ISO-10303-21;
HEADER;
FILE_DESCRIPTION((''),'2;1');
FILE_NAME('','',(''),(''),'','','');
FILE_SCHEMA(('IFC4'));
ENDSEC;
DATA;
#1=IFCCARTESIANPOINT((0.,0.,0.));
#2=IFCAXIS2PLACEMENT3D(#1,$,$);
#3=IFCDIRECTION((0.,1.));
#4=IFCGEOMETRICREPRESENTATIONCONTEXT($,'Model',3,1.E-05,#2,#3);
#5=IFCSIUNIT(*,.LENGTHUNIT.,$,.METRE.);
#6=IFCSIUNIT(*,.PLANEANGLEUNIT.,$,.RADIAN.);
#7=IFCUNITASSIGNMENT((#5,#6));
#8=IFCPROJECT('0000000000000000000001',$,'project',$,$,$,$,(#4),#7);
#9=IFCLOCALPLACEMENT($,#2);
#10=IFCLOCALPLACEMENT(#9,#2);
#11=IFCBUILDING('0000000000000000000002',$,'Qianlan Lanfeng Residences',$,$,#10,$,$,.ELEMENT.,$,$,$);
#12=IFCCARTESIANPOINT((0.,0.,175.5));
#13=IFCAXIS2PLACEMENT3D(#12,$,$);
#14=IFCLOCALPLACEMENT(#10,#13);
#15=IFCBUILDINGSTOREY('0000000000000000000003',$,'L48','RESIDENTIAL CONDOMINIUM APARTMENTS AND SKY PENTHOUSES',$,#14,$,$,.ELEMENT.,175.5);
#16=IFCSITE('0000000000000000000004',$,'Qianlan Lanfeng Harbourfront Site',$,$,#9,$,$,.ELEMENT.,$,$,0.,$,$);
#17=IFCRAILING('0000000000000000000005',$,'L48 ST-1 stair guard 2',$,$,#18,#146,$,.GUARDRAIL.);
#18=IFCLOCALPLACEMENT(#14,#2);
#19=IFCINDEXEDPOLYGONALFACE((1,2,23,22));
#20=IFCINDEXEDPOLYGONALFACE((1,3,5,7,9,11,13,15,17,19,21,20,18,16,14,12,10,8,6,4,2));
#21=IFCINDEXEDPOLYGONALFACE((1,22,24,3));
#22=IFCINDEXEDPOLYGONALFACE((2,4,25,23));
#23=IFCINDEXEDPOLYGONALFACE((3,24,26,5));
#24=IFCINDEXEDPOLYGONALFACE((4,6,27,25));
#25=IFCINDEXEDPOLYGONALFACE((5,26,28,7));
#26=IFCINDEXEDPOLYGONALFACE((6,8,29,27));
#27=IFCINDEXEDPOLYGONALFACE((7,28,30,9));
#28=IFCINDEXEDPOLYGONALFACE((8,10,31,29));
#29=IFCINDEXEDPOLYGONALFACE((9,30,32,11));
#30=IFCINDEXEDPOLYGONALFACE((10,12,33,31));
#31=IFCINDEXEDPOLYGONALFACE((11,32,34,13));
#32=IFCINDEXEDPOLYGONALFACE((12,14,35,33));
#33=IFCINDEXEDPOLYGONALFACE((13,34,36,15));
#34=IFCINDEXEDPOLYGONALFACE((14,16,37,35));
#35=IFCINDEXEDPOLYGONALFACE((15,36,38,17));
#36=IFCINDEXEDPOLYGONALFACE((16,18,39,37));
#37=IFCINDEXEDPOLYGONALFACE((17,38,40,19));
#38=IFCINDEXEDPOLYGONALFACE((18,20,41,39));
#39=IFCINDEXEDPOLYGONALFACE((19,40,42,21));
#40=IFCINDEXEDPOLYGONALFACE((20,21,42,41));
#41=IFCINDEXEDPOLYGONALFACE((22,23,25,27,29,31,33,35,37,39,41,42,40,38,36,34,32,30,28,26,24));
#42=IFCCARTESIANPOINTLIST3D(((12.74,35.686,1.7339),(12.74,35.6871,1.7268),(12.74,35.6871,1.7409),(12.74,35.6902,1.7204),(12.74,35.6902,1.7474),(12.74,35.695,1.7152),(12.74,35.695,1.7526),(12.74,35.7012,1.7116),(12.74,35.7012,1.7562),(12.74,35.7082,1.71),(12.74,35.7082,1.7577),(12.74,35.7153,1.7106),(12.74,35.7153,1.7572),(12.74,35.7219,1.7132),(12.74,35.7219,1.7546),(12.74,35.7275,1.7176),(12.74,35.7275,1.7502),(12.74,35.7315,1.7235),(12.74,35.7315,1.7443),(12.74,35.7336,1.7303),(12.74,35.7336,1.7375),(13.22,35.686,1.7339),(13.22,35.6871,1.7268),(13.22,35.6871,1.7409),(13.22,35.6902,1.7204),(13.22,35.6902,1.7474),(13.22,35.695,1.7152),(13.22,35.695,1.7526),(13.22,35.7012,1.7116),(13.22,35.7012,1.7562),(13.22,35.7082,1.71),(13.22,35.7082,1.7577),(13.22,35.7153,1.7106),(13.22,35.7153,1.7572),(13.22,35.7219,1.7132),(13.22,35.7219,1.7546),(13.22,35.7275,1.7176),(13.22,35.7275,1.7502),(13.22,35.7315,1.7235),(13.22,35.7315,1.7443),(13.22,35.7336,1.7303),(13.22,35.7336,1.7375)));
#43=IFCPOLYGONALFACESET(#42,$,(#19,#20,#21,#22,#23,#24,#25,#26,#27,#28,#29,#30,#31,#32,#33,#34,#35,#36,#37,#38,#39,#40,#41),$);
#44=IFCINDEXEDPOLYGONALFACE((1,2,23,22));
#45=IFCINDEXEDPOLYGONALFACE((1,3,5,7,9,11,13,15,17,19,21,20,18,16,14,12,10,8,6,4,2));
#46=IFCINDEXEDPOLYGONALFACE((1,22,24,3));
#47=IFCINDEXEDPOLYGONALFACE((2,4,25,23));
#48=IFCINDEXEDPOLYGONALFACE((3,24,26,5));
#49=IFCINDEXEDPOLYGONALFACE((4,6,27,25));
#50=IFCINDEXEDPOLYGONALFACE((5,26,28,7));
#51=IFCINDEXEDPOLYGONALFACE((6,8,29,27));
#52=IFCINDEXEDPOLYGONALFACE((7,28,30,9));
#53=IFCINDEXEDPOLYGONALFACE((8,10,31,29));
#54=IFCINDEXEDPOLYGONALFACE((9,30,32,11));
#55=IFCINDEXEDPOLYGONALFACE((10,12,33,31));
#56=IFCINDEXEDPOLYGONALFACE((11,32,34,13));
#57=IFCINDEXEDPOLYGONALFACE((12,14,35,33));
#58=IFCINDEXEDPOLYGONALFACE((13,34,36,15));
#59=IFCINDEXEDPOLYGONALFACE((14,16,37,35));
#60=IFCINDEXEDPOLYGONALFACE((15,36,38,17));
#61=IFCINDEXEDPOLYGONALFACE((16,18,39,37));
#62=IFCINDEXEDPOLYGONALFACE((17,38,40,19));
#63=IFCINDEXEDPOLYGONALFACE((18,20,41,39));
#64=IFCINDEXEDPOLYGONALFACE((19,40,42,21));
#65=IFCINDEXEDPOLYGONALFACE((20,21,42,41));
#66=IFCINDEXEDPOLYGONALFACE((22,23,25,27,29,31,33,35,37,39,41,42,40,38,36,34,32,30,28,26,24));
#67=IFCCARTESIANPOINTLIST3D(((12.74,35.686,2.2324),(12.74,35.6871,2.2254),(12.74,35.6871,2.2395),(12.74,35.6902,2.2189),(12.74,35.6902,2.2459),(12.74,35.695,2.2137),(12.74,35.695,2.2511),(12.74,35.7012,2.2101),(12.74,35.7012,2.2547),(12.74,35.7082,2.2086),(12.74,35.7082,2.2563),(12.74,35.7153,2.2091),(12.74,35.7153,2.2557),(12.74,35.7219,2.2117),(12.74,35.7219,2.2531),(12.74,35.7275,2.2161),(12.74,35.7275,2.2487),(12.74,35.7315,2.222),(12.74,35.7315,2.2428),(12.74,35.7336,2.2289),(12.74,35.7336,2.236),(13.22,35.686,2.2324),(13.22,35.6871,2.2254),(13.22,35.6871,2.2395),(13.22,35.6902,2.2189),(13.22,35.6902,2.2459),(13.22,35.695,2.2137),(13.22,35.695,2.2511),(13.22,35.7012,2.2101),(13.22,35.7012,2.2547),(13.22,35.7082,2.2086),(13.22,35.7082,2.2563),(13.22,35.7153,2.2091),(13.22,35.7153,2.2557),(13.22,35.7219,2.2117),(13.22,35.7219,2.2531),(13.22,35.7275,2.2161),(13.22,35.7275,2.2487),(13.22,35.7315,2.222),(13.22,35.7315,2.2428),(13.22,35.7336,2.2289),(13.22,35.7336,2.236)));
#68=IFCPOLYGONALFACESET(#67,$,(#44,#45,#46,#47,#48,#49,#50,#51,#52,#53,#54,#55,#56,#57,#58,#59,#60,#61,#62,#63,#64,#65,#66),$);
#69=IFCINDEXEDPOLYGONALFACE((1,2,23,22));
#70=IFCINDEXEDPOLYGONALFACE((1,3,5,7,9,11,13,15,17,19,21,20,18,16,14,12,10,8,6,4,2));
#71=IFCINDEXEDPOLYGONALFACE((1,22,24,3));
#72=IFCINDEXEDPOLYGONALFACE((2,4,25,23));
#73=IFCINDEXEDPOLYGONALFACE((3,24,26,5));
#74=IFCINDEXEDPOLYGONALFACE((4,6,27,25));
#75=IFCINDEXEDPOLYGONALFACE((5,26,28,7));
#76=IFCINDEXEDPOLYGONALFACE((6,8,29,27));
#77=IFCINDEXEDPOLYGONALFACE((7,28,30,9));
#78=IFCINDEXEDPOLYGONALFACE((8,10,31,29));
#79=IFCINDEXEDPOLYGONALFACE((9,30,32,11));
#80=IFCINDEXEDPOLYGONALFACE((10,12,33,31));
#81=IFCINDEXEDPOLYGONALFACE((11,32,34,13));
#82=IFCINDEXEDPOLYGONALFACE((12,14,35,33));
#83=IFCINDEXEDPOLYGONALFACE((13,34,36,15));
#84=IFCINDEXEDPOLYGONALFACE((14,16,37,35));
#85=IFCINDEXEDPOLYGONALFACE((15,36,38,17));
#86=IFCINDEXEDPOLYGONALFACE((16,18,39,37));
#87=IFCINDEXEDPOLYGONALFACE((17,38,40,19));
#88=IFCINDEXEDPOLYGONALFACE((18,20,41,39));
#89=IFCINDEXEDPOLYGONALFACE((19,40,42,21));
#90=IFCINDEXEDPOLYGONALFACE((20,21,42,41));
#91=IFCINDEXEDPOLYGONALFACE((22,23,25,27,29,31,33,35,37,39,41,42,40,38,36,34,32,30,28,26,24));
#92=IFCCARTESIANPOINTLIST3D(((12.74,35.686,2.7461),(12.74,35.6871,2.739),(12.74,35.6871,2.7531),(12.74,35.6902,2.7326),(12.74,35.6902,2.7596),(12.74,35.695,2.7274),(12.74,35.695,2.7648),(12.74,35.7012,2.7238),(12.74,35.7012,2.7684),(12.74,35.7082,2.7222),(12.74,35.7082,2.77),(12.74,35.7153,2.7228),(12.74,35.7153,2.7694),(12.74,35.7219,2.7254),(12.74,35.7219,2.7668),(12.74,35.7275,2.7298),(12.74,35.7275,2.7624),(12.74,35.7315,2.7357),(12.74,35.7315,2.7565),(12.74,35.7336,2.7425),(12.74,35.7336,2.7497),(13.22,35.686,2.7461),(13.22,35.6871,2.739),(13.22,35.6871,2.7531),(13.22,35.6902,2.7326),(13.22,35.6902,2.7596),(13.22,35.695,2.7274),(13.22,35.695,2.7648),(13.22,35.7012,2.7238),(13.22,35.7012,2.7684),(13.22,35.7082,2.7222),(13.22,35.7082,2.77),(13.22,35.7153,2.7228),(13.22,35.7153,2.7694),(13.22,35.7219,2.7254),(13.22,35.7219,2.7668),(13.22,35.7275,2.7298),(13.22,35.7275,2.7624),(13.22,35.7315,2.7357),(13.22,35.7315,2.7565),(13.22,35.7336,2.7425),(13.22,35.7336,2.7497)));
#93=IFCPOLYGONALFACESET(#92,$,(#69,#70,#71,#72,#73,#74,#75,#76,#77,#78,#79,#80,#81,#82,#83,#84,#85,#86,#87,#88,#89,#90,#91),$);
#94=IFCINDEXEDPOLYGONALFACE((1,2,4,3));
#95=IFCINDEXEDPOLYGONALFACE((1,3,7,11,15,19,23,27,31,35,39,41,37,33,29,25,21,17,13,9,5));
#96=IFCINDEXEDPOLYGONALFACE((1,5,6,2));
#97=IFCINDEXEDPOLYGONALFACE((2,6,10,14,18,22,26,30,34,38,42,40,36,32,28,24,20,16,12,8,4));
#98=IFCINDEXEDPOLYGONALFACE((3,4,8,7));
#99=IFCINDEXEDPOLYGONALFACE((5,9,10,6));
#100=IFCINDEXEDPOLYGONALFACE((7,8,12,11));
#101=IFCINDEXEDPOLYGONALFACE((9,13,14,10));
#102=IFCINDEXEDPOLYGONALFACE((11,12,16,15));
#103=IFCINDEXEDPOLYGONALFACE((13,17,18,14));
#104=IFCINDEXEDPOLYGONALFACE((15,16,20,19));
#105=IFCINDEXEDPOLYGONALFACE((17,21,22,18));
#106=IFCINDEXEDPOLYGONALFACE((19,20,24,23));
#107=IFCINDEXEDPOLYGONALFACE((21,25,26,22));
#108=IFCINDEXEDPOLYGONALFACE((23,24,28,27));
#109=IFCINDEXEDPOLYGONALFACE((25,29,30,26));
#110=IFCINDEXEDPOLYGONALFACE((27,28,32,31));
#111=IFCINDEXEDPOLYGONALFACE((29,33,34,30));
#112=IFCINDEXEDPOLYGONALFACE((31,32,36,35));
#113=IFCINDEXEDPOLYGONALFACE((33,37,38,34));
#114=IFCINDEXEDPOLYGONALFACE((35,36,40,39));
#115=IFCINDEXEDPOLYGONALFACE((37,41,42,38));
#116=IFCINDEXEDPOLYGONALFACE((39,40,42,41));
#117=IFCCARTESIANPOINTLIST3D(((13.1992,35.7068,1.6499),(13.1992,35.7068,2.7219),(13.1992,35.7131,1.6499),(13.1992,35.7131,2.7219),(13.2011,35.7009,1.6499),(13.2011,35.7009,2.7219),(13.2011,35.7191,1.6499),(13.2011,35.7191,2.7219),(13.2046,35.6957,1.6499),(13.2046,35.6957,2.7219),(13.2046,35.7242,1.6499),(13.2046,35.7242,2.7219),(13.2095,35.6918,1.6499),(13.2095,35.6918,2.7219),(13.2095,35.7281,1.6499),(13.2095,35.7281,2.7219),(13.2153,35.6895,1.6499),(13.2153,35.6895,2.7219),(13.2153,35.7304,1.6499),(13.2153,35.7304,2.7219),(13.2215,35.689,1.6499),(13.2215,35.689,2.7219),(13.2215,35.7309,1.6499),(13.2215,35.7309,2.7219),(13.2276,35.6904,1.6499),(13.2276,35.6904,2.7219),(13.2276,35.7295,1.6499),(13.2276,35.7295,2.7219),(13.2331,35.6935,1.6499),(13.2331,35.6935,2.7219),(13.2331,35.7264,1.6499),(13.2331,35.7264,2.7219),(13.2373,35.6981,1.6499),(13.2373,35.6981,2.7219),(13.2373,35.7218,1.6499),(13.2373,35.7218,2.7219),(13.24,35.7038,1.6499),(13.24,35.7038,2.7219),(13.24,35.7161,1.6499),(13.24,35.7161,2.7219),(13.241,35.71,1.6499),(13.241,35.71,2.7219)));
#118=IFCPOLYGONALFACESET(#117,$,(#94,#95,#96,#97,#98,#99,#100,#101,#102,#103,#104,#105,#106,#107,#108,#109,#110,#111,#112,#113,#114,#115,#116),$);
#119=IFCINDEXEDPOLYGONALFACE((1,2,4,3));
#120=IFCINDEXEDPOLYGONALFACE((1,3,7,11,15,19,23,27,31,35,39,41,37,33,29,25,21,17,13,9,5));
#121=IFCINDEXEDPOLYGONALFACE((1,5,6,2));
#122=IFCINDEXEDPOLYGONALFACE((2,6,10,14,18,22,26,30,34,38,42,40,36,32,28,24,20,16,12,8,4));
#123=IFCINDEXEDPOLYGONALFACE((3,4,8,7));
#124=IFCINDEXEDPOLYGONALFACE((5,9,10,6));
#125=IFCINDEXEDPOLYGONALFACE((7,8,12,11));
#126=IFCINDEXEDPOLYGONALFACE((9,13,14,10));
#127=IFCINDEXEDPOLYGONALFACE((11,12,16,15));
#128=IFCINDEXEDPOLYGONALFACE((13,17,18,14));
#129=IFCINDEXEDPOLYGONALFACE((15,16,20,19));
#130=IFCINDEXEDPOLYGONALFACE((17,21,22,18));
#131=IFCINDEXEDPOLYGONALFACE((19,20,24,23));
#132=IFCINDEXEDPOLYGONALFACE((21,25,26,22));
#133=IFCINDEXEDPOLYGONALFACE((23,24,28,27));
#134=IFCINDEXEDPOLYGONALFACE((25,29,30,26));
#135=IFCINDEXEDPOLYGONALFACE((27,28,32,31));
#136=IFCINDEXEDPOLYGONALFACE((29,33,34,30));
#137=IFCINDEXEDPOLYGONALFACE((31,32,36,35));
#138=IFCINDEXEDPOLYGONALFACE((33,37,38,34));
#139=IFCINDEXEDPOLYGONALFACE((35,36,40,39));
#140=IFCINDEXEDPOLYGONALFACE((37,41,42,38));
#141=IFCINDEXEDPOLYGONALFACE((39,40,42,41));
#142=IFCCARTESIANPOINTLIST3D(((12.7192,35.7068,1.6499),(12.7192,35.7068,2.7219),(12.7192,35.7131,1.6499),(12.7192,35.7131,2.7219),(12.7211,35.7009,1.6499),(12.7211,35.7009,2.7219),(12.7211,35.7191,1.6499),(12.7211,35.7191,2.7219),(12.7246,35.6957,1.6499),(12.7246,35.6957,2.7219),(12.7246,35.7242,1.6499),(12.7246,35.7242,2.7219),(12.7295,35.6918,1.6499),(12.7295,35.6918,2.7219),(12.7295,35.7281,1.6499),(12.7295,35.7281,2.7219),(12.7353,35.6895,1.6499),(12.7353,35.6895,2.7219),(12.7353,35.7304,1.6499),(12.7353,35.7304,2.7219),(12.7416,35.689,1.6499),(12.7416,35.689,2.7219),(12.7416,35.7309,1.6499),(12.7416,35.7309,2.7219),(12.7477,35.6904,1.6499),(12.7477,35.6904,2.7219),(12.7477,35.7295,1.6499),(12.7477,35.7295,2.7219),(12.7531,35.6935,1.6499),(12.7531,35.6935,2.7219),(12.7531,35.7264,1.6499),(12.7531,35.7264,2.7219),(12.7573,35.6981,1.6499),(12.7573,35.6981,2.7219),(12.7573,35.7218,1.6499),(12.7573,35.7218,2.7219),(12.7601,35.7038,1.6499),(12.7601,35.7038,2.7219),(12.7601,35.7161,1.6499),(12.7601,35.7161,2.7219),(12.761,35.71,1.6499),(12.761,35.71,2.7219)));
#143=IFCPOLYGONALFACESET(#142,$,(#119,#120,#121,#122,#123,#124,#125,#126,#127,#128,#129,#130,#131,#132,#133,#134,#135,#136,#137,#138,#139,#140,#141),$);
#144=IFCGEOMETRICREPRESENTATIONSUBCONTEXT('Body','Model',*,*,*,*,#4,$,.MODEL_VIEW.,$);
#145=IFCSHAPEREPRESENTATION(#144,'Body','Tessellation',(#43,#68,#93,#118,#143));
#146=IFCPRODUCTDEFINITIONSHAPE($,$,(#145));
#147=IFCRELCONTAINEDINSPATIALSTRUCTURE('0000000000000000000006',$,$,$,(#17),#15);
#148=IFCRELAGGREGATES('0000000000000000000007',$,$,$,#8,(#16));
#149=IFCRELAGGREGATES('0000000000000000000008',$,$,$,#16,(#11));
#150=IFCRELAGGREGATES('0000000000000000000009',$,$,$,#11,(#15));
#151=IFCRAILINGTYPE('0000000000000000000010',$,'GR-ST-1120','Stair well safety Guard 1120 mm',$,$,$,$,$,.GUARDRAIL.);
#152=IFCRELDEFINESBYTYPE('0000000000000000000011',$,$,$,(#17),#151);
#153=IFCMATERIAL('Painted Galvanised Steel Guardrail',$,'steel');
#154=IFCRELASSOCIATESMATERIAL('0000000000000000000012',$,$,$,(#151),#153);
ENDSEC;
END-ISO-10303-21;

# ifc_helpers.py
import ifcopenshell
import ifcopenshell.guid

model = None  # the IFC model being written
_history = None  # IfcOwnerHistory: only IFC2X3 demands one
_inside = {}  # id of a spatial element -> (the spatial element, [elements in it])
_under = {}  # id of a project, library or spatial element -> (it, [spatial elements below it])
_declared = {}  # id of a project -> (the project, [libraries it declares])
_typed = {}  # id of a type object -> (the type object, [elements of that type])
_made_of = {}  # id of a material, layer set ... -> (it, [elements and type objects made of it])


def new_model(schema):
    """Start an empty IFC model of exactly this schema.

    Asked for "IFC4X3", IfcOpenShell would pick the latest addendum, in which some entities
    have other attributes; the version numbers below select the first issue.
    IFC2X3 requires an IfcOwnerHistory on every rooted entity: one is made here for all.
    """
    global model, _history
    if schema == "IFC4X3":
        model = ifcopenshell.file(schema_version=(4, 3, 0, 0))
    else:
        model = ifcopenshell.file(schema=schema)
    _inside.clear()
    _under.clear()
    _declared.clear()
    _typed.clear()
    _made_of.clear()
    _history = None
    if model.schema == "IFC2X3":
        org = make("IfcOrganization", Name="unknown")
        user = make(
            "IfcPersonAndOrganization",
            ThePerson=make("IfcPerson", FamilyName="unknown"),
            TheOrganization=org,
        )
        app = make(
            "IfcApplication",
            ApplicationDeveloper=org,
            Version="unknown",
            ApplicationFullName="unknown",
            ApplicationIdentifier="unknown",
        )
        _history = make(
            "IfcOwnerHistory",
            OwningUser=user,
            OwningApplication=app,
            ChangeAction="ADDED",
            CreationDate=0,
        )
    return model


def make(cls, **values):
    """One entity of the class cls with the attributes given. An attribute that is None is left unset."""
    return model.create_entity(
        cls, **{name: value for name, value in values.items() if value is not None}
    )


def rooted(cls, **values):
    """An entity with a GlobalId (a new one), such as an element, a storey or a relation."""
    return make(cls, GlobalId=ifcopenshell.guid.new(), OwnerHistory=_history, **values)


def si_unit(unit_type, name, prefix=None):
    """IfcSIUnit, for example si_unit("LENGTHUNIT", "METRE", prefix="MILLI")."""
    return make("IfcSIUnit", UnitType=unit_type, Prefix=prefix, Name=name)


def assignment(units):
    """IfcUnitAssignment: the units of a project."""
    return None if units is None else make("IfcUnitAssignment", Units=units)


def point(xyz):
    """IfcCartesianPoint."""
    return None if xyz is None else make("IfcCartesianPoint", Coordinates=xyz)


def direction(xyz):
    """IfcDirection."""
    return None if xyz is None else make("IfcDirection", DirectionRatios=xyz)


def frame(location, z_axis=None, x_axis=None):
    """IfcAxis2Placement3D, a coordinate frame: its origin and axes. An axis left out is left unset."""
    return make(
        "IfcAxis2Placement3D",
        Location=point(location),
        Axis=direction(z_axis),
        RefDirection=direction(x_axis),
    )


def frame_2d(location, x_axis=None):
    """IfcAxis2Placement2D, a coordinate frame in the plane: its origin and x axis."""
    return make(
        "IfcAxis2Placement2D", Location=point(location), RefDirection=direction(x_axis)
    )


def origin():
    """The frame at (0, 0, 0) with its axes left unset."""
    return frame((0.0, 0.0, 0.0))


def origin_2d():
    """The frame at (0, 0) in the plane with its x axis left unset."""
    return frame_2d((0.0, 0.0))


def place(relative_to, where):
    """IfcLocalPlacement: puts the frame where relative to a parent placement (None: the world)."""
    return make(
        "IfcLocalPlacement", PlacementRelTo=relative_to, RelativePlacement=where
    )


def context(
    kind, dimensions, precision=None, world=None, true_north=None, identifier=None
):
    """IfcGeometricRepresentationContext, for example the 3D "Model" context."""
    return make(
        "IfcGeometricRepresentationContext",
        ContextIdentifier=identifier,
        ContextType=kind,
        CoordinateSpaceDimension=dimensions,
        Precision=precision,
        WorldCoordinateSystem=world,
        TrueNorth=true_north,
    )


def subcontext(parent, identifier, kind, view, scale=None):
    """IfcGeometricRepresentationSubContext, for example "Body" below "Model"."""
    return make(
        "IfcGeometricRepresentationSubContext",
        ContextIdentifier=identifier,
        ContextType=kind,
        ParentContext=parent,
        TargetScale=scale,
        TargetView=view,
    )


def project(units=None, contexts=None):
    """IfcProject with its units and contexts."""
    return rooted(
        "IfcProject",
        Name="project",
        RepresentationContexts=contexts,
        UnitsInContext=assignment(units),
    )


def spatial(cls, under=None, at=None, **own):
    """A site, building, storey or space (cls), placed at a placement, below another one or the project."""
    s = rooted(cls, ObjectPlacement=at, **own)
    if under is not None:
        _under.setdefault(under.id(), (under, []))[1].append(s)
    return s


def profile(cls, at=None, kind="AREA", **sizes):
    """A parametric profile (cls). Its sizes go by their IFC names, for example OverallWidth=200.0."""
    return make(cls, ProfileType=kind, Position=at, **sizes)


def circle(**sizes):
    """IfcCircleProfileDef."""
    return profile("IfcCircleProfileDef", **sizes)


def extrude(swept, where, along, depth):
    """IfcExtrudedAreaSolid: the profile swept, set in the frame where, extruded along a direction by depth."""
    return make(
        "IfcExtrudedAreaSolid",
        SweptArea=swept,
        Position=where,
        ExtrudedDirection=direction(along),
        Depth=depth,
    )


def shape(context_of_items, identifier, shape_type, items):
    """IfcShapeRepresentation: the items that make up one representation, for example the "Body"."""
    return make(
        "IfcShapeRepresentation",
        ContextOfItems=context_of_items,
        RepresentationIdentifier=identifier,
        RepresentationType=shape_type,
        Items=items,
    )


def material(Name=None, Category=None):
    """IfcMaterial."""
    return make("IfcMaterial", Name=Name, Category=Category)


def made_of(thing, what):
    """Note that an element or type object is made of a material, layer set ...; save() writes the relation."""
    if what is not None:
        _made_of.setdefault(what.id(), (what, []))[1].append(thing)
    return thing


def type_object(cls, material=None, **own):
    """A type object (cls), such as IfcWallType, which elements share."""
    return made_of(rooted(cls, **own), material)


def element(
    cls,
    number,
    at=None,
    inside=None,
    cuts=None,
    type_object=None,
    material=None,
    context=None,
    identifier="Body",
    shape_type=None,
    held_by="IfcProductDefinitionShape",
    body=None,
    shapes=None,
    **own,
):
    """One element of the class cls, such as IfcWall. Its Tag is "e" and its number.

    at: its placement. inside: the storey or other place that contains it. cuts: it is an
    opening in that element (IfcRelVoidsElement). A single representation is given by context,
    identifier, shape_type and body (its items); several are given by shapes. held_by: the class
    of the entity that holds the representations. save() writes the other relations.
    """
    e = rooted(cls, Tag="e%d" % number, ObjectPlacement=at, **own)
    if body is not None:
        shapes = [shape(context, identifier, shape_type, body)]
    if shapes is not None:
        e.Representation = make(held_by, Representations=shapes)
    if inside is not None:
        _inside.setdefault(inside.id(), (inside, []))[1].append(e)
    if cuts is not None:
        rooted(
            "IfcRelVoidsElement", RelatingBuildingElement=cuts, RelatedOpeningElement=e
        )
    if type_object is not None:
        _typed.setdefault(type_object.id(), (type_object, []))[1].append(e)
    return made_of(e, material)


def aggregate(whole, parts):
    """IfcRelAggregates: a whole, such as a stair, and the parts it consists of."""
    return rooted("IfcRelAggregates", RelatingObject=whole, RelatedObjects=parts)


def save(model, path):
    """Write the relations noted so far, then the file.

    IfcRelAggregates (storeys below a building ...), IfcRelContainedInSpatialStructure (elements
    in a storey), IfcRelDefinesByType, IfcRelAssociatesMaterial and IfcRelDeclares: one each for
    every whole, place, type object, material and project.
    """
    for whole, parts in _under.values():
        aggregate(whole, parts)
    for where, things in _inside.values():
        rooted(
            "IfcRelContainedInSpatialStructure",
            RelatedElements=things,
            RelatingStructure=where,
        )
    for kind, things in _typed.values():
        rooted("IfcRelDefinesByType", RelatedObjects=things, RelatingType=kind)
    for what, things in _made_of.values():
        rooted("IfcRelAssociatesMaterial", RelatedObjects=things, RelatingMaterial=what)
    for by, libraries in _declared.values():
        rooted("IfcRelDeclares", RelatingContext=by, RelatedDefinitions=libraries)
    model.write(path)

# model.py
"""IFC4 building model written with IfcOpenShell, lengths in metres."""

from ifc_helpers import new_model, si_unit, direction, frame, origin, origin_2d, place, context, subcontext, project, spatial, circle, extrude, material, type_object, element, save


model = new_model("IFC4")

# Units and contexts
model_context = context("Model", 3, precision=1e-05, world=origin(), true_north=direction((0.0, 1.0)))
body_context = subcontext(model_context, "Body", "Model", "MODEL_VIEW")
ifc_project = project(units=[si_unit("LENGTHUNIT", "METRE"), si_unit("PLANEANGLEUNIT", "RADIAN")], contexts=[model_context])

# Site, building, storey
site_placement = place(None, origin())
site = spatial("IfcSite", under=ifc_project, at=site_placement, Name="Qianlan Lanfeng Harbourfront Site", CompositionType="ELEMENT", RefElevation=0.0)
building_placement = place(site_placement, origin())
building = spatial("IfcBuilding", under=site, at=building_placement, Name="Qianlan Lanfeng Residences", CompositionType="ELEMENT")
storey_placement = place(building_placement, frame((0.0, 0.0, 175.5)))
storey = spatial("IfcBuildingStorey", under=building, at=storey_placement, Name="L48", Description="RESIDENTIAL CONDOMINIUM APARTMENTS AND SKY PENTHOUSES", CompositionType="ELEMENT", Elevation=175.5)

# Railing
ifc_material_1 = material(Name="Painted Galvanised Steel Guardrail", Category="steel")
railing_type_1 = type_object("IfcRailingType", Name="GR-ST-1120", Description="Stair well safety Guard 1120 mm", PredefinedType="GUARDRAIL", material=ifc_material_1)
railing_1_placement = place(storey_placement, frame((13.22, 35.71, 1.6499)))
element("IfcRailing", 1, at=railing_1_placement, inside=storey, type_object=railing_type_1, Name="L48 ST-1 stair guard 2", PredefinedType="GUARDRAIL", context=body_context, shape_type="SweptSolid", body=[
    extrude(circle(Radius=0.0239, at=origin_2d()), frame((0.0, 0.0, 0.084), z_axis=(-1.0, 0.0, 0.0), x_axis=(0.0, -1.0, 0.0)), (0.0, 0.0, 1.0), 0.48),
    extrude(circle(Radius=0.0239, at=origin_2d()), frame((0.0, 0.0, 0.5825), z_axis=(-1.0, 0.0, 0.0), x_axis=(0.0, -1.0, 0.0)), (0.0, 0.0, 1.0), 0.48),
    extrude(circle(Radius=0.0239, at=origin_2d()), frame((0.0, 0.0, 1.0962), z_axis=(-1.0, 0.0, 0.0), x_axis=(0.0, -1.0, 0.0)), (0.0, 0.0, 1.0), 0.48),
    extrude(circle(Radius=0.021, at=origin_2d()), origin(), (0.0, 0.0, 1.0), 1.072),
    extrude(circle(Radius=0.021, at=origin_2d()), frame((-0.48, 0.0, 0.0)), (0.0, 0.0, 1.0), 1.072),
])

save(model, "model.ifc")
